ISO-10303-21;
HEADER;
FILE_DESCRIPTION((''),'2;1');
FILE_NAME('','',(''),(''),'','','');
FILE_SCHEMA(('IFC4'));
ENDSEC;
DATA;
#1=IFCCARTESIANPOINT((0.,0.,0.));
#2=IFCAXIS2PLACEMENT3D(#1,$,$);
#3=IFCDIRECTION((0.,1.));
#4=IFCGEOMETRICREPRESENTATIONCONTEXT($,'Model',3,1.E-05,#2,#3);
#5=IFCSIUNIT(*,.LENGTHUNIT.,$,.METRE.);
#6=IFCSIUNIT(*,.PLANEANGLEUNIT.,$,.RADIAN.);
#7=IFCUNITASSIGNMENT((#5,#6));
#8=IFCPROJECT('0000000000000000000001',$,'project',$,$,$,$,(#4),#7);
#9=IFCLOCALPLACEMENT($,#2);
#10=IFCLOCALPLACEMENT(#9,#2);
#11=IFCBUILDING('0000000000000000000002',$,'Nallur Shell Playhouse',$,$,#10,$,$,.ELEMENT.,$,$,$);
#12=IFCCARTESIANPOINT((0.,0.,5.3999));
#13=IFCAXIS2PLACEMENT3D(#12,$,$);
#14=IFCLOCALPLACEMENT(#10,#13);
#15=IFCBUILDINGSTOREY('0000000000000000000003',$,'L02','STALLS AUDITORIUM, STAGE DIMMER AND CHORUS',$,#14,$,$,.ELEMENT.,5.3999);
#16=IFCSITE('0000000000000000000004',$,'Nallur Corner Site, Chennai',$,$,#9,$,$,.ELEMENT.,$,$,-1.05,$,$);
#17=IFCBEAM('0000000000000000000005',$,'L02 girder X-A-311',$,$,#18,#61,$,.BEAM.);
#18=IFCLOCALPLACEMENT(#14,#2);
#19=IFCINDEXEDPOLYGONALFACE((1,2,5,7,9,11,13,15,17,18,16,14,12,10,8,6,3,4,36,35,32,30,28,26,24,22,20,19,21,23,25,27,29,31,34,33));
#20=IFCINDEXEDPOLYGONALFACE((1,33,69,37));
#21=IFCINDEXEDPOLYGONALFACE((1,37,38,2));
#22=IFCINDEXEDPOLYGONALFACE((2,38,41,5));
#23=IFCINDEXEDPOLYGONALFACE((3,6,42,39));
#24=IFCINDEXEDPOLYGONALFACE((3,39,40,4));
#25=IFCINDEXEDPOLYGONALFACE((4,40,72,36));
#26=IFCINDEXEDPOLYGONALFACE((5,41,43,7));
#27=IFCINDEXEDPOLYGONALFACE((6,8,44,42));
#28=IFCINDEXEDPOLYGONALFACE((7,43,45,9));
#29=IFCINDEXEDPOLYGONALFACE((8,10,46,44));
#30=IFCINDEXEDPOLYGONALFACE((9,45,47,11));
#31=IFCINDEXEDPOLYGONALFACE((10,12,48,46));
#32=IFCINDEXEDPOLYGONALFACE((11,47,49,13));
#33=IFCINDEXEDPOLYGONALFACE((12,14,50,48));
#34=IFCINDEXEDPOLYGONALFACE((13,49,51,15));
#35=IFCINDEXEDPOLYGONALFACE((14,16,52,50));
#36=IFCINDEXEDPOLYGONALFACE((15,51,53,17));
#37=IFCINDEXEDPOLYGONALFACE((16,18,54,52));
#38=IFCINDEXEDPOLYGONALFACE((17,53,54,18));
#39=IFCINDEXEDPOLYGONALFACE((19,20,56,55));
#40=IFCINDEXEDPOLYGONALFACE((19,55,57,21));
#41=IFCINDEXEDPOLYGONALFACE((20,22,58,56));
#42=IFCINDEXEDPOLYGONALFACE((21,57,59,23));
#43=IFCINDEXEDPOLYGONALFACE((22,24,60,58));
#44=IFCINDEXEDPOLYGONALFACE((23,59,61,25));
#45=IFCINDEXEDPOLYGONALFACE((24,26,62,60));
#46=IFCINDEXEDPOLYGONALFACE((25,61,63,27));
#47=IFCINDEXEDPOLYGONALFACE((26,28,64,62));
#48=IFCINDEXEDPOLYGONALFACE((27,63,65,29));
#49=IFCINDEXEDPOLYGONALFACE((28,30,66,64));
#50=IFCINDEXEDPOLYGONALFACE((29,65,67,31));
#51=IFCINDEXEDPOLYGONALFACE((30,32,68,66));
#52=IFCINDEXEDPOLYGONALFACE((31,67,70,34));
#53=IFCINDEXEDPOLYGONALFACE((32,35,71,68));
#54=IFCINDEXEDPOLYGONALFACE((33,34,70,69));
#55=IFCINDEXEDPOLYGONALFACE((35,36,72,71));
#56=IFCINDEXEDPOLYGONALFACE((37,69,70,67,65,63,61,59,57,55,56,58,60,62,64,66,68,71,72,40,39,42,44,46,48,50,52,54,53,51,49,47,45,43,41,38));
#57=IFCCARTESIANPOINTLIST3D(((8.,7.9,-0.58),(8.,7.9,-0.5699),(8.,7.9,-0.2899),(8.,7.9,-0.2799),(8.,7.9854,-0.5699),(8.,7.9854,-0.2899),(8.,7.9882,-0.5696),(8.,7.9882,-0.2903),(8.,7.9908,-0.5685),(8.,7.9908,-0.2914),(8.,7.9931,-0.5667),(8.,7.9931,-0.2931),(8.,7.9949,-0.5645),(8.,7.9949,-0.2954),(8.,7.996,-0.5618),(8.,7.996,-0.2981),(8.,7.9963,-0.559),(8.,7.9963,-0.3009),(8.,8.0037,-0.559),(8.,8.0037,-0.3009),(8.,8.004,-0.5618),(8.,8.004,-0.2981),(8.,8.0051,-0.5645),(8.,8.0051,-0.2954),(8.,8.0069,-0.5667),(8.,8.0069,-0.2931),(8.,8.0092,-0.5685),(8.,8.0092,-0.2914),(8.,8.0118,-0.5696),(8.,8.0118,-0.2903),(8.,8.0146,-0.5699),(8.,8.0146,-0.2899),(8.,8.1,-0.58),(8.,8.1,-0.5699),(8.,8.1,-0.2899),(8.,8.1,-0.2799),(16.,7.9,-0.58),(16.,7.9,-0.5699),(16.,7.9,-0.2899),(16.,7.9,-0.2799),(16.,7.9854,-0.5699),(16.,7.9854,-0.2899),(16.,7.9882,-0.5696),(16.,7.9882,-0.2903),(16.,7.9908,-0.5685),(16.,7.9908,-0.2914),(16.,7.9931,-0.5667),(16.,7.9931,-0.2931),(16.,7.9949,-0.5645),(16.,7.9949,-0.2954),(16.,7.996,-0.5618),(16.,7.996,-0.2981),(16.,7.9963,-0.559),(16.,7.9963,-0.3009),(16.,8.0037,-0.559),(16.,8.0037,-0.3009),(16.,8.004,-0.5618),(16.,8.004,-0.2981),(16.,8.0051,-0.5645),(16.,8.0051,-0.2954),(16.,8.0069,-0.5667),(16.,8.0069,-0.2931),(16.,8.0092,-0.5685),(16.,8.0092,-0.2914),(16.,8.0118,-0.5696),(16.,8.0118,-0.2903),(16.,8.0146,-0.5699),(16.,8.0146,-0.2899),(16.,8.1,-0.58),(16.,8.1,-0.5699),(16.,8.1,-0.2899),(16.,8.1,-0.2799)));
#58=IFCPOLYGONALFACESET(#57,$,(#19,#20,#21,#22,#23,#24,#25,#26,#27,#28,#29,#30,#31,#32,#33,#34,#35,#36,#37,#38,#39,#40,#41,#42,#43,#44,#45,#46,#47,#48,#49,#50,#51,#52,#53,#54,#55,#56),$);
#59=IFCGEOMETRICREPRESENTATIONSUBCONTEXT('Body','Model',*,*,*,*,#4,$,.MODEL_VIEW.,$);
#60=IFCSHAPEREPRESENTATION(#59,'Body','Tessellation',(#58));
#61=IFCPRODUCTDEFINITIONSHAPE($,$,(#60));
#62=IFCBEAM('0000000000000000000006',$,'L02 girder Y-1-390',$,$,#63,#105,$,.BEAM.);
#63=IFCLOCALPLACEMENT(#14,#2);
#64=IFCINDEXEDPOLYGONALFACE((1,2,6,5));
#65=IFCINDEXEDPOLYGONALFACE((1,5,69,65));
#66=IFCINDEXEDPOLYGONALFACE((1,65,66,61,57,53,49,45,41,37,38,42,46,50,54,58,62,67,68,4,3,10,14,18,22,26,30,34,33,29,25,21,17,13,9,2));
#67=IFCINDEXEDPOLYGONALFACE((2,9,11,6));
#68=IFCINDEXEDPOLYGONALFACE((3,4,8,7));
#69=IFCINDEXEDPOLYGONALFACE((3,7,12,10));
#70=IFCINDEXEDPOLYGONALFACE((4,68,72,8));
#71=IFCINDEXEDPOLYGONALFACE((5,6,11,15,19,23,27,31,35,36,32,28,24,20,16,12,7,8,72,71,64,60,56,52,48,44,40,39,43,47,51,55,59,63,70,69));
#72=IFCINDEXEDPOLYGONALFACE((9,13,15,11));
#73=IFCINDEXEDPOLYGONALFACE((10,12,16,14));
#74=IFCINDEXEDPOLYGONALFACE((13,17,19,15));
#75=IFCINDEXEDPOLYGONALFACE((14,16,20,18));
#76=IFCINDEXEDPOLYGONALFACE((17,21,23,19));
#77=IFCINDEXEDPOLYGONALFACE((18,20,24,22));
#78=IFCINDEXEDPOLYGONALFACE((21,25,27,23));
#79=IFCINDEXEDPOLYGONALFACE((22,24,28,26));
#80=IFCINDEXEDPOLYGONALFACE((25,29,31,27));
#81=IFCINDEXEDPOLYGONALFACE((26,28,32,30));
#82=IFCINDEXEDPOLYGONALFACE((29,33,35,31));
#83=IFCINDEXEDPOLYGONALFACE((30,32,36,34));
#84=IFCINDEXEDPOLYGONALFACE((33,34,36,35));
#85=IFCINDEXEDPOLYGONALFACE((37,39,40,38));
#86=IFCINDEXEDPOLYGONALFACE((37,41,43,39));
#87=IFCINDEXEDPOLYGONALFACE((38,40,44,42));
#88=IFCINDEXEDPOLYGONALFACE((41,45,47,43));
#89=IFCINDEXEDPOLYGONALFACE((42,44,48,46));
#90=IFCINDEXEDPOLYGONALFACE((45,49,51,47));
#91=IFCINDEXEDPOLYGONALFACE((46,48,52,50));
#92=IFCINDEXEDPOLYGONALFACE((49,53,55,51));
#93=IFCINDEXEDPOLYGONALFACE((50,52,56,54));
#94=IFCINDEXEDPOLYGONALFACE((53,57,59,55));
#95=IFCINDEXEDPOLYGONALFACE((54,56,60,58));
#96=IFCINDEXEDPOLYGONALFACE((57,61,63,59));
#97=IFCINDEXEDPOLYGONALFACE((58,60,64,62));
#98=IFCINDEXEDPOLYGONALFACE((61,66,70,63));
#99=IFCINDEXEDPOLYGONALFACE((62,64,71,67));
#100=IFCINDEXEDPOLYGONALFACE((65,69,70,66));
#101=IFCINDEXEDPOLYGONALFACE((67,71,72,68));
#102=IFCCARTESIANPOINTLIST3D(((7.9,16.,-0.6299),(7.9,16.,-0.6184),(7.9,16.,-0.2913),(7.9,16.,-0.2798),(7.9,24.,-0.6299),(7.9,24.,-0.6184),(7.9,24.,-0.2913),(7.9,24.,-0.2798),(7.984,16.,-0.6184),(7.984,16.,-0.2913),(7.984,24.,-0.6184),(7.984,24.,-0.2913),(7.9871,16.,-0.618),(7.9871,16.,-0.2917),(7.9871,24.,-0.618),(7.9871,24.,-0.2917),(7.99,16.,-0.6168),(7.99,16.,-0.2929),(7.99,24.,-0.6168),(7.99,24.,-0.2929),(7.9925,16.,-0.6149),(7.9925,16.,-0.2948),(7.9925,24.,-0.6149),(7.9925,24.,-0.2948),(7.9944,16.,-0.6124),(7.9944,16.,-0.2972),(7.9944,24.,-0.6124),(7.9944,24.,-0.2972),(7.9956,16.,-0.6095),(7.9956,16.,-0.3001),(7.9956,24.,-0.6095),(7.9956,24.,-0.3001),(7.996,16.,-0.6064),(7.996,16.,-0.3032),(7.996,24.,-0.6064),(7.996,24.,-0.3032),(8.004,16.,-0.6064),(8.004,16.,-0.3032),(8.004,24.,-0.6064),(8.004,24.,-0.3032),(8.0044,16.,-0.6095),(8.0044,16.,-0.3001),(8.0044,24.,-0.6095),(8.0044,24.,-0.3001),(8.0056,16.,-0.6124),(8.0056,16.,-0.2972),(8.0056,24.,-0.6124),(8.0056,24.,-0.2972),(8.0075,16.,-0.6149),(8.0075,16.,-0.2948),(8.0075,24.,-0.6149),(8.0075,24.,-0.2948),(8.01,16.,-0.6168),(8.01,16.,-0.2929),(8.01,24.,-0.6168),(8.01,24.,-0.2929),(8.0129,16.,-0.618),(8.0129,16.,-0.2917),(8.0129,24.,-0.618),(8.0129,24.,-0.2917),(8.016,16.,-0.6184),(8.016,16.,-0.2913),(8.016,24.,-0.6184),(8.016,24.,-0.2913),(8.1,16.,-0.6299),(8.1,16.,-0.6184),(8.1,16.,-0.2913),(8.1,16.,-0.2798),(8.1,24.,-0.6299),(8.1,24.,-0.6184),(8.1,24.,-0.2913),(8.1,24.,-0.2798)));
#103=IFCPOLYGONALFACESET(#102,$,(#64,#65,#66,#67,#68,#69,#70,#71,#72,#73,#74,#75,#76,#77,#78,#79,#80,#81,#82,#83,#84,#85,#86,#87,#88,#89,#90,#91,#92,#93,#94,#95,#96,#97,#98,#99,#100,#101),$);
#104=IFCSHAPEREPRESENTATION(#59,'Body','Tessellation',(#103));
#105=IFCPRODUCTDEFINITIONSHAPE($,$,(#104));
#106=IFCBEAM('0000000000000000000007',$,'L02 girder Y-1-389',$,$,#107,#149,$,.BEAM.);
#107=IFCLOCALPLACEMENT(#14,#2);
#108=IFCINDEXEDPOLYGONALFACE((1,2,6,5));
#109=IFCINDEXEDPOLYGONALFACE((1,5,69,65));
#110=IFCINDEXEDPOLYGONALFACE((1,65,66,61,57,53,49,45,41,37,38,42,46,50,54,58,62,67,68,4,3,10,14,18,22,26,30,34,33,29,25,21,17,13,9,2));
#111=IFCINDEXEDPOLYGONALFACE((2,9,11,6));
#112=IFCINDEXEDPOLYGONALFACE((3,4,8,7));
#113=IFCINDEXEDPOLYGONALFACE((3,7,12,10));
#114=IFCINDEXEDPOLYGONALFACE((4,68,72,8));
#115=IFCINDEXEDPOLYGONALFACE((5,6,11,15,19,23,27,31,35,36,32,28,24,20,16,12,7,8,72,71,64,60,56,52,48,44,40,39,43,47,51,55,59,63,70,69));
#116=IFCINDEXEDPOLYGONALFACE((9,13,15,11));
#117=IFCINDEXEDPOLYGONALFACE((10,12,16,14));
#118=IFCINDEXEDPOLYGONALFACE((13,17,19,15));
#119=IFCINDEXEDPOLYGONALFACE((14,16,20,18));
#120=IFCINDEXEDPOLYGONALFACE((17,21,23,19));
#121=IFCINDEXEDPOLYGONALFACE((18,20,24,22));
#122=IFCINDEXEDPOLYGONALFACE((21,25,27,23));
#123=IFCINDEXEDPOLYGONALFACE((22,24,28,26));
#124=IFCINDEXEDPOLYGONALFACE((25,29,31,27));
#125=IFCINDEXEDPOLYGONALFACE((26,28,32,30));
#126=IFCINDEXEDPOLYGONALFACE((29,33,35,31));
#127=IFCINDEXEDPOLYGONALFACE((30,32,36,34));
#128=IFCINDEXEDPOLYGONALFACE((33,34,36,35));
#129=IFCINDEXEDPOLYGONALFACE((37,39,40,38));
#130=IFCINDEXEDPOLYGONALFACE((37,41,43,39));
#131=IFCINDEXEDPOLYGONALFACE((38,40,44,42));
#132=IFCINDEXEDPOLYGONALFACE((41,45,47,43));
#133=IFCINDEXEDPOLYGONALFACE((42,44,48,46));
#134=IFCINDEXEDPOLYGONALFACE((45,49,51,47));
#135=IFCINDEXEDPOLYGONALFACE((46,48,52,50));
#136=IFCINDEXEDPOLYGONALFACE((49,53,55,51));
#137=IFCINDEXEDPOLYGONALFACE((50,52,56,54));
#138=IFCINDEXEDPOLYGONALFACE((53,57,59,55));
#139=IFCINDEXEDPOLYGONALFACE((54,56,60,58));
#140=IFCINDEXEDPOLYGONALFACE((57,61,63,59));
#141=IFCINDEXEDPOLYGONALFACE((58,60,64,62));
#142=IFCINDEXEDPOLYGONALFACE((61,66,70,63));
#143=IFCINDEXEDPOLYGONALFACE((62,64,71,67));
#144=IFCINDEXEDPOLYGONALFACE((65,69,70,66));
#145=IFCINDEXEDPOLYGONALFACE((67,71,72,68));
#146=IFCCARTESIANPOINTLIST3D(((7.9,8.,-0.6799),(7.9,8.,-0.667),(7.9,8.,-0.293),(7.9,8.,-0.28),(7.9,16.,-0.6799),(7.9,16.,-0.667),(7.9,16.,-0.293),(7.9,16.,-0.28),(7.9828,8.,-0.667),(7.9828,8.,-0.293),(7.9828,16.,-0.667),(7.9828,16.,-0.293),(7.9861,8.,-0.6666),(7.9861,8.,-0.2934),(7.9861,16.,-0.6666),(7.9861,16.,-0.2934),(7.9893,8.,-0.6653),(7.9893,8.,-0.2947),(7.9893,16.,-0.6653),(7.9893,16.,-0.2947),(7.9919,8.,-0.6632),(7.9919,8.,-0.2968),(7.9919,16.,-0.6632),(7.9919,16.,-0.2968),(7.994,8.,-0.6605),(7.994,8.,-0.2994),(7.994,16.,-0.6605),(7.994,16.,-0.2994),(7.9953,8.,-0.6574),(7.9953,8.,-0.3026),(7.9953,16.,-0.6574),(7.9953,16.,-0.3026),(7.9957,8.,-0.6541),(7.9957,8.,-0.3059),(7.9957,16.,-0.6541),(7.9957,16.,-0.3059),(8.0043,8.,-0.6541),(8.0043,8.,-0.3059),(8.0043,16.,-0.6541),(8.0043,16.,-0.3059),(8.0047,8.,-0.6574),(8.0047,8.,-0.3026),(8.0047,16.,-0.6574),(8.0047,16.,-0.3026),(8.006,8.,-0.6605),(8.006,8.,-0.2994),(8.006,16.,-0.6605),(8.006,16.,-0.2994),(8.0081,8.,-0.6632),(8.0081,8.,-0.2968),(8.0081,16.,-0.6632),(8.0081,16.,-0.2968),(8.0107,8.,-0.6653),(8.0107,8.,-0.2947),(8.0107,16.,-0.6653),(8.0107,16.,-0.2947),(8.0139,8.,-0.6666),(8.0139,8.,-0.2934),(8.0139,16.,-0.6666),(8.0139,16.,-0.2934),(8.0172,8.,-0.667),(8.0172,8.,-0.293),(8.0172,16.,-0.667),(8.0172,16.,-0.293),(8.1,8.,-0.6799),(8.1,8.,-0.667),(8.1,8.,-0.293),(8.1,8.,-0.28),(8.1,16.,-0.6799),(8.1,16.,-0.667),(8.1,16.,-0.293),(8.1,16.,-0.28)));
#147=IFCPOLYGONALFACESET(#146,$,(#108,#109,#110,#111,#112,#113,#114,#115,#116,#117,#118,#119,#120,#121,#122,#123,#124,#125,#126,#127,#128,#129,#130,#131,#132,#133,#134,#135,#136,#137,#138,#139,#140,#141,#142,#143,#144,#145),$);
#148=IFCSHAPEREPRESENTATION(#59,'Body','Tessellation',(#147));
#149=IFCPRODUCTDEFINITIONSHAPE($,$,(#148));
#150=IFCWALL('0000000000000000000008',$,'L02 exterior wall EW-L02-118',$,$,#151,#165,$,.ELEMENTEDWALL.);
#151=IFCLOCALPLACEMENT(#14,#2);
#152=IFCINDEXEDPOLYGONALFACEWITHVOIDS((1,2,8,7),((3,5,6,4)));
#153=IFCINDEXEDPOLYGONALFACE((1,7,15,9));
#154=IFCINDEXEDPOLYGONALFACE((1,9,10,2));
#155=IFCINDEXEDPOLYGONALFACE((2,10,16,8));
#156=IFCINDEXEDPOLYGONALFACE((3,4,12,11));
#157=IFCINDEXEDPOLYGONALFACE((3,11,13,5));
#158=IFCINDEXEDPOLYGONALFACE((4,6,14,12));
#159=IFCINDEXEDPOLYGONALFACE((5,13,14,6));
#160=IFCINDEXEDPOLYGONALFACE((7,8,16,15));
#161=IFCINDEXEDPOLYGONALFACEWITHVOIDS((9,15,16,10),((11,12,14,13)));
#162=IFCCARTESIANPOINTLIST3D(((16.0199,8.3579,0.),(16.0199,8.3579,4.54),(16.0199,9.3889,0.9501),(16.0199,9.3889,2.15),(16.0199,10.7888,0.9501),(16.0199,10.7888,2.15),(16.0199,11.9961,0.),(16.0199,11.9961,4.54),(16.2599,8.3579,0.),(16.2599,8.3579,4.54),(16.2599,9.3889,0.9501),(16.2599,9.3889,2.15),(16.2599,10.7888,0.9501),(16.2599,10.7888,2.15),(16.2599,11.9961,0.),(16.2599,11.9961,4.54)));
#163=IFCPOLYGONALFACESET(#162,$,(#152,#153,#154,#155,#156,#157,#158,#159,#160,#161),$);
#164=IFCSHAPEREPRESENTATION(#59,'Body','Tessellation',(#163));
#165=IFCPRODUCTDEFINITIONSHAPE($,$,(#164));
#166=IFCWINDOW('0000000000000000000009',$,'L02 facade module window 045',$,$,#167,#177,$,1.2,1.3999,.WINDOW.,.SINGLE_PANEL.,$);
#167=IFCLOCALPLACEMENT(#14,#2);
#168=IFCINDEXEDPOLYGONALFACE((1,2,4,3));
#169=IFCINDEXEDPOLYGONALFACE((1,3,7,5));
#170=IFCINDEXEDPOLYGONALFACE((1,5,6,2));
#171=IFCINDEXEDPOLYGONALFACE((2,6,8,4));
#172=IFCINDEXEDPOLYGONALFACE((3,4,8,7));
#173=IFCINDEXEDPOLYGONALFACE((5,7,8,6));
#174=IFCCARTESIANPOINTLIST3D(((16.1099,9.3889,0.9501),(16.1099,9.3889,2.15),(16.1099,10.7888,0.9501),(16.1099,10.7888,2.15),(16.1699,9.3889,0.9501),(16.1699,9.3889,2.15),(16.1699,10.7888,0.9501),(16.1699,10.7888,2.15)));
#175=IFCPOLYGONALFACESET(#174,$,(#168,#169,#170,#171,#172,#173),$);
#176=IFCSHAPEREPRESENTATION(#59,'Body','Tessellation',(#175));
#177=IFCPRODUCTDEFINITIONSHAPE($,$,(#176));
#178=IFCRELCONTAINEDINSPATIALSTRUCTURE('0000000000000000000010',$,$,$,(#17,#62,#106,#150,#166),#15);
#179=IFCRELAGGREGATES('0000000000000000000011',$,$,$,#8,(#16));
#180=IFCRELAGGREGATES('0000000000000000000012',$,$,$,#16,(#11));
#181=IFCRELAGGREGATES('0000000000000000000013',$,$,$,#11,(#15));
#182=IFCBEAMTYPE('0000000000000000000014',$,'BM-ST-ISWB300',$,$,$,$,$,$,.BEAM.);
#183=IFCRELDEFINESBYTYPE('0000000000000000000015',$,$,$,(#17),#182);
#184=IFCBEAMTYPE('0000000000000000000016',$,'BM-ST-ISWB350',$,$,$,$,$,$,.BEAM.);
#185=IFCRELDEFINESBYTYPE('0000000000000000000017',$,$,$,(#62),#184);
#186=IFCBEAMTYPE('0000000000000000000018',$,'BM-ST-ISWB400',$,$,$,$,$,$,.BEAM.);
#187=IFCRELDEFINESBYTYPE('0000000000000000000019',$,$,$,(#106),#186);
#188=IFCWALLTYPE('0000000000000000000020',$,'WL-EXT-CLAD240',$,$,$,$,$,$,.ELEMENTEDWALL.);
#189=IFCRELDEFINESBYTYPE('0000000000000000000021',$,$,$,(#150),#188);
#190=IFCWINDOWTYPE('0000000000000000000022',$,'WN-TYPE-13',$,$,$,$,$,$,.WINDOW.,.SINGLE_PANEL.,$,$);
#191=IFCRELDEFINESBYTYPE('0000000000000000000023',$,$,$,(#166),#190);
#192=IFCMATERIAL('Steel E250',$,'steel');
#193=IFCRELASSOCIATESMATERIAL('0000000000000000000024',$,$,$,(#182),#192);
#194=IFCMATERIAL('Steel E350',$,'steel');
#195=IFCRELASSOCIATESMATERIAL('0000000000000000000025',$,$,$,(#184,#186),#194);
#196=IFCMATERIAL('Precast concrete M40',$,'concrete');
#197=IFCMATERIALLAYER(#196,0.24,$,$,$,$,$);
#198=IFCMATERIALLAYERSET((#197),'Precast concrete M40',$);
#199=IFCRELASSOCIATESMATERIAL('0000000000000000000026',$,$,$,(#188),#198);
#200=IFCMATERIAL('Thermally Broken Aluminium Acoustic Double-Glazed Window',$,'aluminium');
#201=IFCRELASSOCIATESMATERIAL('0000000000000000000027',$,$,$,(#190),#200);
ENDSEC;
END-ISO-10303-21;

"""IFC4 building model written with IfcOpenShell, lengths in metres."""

from ifc_helpers import new_model, si_unit, direction, frame, frame_2d, origin, origin_2d, place, context, subcontext, project, spatial, rectangle, i_section, extrude, material, layer, layer_set, material_profile, profile_set, type_object, element, fill, save


model = new_model("IFC4")

# Units and contexts
model_context = context("Model", 3, precision=1e-05, world=origin(), true_north=direction((0.0, 1.0)))
body_context = subcontext(model_context, "Body", "Model", "MODEL_VIEW")
ifc_project = project(units=[si_unit("LENGTHUNIT", "METRE"), si_unit("PLANEANGLEUNIT", "RADIAN")], contexts=[model_context])

# Site, building, storey
site_placement = place(None, origin())
site = spatial("IfcSite", under=ifc_project, at=site_placement, Name="Nallur Corner Site, Chennai", CompositionType="ELEMENT", RefElevation=-1.05)
building_placement = place(site_placement, origin())
building = spatial("IfcBuilding", under=site, at=building_placement, Name="Nallur Shell Playhouse", CompositionType="ELEMENT")
storey_placement = place(building_placement, frame((0.0, 0.0, 5.3999)))
storey = spatial("IfcBuildingStorey", under=building, at=storey_placement, Name="L02", Description="STALLS AUDITORIUM, STAGE DIMMER AND CHORUS", CompositionType="ELEMENT", Elevation=5.3999)

# Beams
ifc_material_1 = material(Name="Steel E250", Category="steel")
ifc_material_2 = material(Name="Steel E350", Category="steel")
ifc_material_profile_1 = material_profile(ifc_material_1, i_section(OverallWidth=0.2, OverallDepth=0.3, WebThickness=0.0073, FlangeThickness=0.01, FilletRadius=0.011, at=origin_2d()), Name="ISWB 300")
ifc_profile_set_1 = profile_set([ifc_material_profile_1], Name="Steel E250")
beam_type_1 = type_object("IfcBeamType", Name="BM-ST-ISWB300", PredefinedType="BEAM", material=ifc_profile_set_1)
beam_1_placement = place(storey_placement, frame((8.0, 8.0, -0.4299), z_axis=(1.0, 0.0, 0.0), x_axis=(0.0, 1.0, 0.0)))
element("IfcBeam", 1, at=beam_1_placement, inside=storey, type_object=beam_type_1, Name="L02 girder X-A-311", PredefinedType="BEAM", context=body_context, shape_type="SweptSolid", body=[
    extrude(i_section(OverallWidth=0.2, OverallDepth=0.3, WebThickness=0.0073, FlangeThickness=0.01, FilletRadius=0.011, at=origin_2d()), origin(), (0.0, 0.0, 1.0), 8.0),
])
ifc_material_profile_2 = material_profile(ifc_material_2, i_section(OverallWidth=0.2, OverallDepth=0.3501, WebThickness=0.0081, FlangeThickness=0.0115, FilletRadius=0.012, at=origin_2d()), Name="ISWB 350")
ifc_profile_set_2 = profile_set([ifc_material_profile_2], Name="Steel E350")
beam_type_2 = type_object("IfcBeamType", Name="BM-ST-ISWB350", PredefinedType="BEAM", material=ifc_profile_set_2)
beam_2_placement = place(storey_placement, frame((8.0, 16.0, -0.4548), z_axis=(0.0, 1.0, 0.0), x_axis=(-1.0, 0.0, 0.0)))
element("IfcBeam", 2, at=beam_2_placement, inside=storey, type_object=beam_type_2, Name="L02 girder Y-1-390", PredefinedType="BEAM", context=body_context, shape_type="SweptSolid", body=[
    extrude(i_section(OverallWidth=0.2, OverallDepth=0.3501, WebThickness=0.0081, FlangeThickness=0.0115, FilletRadius=0.012, at=origin_2d()), origin(), (0.0, 0.0, 1.0), 8.0),
])
ifc_material_profile_3 = material_profile(ifc_material_2, i_section(OverallWidth=0.2, OverallDepth=0.3999, WebThickness=0.0085, FlangeThickness=0.0129, FilletRadius=0.0129, at=origin_2d()), Name="ISWB 400")
ifc_profile_set_3 = profile_set([ifc_material_profile_3], Name="Steel E350")
beam_type_3 = type_object("IfcBeamType", Name="BM-ST-ISWB400", PredefinedType="BEAM", material=ifc_profile_set_3)
beam_3_placement = place(storey_placement, frame((8.0, 8.0, -0.48), z_axis=(0.0, 1.0, 0.0), x_axis=(-1.0, 0.0, 0.0)))
element("IfcBeam", 3, at=beam_3_placement, inside=storey, type_object=beam_type_3, Name="L02 girder Y-1-389", PredefinedType="BEAM", context=body_context, shape_type="SweptSolid", body=[
    extrude(i_section(OverallWidth=0.2, OverallDepth=0.3999, WebThickness=0.0085, FlangeThickness=0.0129, FilletRadius=0.0129, at=origin_2d()), origin(), (0.0, 0.0, 1.0), 8.0),
])

# Wall, opening, window
ifc_material_3 = material(Name="Precast concrete M40", Category="concrete")
ifc_layer_1 = layer(ifc_material_3, 0.24)
ifc_layer_set_1 = layer_set([ifc_layer_1], Name="Precast concrete M40")
wall_type_1 = type_object("IfcWallType", Name="WL-EXT-CLAD240", PredefinedType="ELEMENTEDWALL", material=ifc_layer_set_1)
wall_1_placement = place(storey_placement, frame((16.1399, 8.3579, 0.0), z_axis=(0.0, 0.0, 1.0), x_axis=(0.0, 1.0, 0.0)))
wall_1 = element("IfcWall", 4, at=wall_1_placement, inside=storey, type_object=wall_type_1, Name="L02 exterior wall EW-L02-118", PredefinedType="ELEMENTEDWALL", context=body_context, shape_type="SweptSolid", body=[
    extrude(rectangle(XDim=3.6382, YDim=0.24, at=frame_2d((1.8191, 0.0))), origin(), (0.0, 0.0, 1.0), 4.54),
])
opening_1_placement = place(wall_1_placement, frame((1.031, 0.0, 0.95)))
opening_1 = element("IfcOpeningElement", 5, at=opening_1_placement, cuts=wall_1, PredefinedType="OPENING", context=body_context, shape_type="SweptSolid", body=[
    extrude(rectangle(XDim=1.3999, YDim=1.2, at=frame_2d((0.7, 0.6001))), frame((0.0, 0.1299, 0.0), z_axis=(0.0, -1.0, 0.0), x_axis=(1.0, 0.0, 0.0)), (0.0, 0.0, 1.0), 0.26),
])
ifc_material_4 = material(Name="Thermally Broken Aluminium Acoustic Double-Glazed Window", Category="aluminium")
window_type = type_object("IfcWindowType", Name="WN-TYPE-13", PartitioningType="SINGLE_PANEL", PredefinedType="WINDOW", material=ifc_material_4)
window_placement = place(opening_1_placement, origin())
window = element("IfcWindow", 6, at=window_placement, inside=storey, type_object=window_type, Name="L02 facade module window 045", OverallHeight=1.2, OverallWidth=1.3999, PartitioningType="SINGLE_PANEL", PredefinedType="WINDOW", context=body_context, shape_type="SweptSolid", body=[
    extrude(rectangle(XDim=1.3999, YDim=1.2, at=frame_2d((0.7, 0.6001))), frame((0.0, 0.03, 0.0), z_axis=(0.0, -1.0, 0.0), x_axis=(1.0, 0.0, 0.0)), (0.0, 0.0, 1.0), 0.0601),
])
fill(opening_1, window)

save(model, "model.ifc")
